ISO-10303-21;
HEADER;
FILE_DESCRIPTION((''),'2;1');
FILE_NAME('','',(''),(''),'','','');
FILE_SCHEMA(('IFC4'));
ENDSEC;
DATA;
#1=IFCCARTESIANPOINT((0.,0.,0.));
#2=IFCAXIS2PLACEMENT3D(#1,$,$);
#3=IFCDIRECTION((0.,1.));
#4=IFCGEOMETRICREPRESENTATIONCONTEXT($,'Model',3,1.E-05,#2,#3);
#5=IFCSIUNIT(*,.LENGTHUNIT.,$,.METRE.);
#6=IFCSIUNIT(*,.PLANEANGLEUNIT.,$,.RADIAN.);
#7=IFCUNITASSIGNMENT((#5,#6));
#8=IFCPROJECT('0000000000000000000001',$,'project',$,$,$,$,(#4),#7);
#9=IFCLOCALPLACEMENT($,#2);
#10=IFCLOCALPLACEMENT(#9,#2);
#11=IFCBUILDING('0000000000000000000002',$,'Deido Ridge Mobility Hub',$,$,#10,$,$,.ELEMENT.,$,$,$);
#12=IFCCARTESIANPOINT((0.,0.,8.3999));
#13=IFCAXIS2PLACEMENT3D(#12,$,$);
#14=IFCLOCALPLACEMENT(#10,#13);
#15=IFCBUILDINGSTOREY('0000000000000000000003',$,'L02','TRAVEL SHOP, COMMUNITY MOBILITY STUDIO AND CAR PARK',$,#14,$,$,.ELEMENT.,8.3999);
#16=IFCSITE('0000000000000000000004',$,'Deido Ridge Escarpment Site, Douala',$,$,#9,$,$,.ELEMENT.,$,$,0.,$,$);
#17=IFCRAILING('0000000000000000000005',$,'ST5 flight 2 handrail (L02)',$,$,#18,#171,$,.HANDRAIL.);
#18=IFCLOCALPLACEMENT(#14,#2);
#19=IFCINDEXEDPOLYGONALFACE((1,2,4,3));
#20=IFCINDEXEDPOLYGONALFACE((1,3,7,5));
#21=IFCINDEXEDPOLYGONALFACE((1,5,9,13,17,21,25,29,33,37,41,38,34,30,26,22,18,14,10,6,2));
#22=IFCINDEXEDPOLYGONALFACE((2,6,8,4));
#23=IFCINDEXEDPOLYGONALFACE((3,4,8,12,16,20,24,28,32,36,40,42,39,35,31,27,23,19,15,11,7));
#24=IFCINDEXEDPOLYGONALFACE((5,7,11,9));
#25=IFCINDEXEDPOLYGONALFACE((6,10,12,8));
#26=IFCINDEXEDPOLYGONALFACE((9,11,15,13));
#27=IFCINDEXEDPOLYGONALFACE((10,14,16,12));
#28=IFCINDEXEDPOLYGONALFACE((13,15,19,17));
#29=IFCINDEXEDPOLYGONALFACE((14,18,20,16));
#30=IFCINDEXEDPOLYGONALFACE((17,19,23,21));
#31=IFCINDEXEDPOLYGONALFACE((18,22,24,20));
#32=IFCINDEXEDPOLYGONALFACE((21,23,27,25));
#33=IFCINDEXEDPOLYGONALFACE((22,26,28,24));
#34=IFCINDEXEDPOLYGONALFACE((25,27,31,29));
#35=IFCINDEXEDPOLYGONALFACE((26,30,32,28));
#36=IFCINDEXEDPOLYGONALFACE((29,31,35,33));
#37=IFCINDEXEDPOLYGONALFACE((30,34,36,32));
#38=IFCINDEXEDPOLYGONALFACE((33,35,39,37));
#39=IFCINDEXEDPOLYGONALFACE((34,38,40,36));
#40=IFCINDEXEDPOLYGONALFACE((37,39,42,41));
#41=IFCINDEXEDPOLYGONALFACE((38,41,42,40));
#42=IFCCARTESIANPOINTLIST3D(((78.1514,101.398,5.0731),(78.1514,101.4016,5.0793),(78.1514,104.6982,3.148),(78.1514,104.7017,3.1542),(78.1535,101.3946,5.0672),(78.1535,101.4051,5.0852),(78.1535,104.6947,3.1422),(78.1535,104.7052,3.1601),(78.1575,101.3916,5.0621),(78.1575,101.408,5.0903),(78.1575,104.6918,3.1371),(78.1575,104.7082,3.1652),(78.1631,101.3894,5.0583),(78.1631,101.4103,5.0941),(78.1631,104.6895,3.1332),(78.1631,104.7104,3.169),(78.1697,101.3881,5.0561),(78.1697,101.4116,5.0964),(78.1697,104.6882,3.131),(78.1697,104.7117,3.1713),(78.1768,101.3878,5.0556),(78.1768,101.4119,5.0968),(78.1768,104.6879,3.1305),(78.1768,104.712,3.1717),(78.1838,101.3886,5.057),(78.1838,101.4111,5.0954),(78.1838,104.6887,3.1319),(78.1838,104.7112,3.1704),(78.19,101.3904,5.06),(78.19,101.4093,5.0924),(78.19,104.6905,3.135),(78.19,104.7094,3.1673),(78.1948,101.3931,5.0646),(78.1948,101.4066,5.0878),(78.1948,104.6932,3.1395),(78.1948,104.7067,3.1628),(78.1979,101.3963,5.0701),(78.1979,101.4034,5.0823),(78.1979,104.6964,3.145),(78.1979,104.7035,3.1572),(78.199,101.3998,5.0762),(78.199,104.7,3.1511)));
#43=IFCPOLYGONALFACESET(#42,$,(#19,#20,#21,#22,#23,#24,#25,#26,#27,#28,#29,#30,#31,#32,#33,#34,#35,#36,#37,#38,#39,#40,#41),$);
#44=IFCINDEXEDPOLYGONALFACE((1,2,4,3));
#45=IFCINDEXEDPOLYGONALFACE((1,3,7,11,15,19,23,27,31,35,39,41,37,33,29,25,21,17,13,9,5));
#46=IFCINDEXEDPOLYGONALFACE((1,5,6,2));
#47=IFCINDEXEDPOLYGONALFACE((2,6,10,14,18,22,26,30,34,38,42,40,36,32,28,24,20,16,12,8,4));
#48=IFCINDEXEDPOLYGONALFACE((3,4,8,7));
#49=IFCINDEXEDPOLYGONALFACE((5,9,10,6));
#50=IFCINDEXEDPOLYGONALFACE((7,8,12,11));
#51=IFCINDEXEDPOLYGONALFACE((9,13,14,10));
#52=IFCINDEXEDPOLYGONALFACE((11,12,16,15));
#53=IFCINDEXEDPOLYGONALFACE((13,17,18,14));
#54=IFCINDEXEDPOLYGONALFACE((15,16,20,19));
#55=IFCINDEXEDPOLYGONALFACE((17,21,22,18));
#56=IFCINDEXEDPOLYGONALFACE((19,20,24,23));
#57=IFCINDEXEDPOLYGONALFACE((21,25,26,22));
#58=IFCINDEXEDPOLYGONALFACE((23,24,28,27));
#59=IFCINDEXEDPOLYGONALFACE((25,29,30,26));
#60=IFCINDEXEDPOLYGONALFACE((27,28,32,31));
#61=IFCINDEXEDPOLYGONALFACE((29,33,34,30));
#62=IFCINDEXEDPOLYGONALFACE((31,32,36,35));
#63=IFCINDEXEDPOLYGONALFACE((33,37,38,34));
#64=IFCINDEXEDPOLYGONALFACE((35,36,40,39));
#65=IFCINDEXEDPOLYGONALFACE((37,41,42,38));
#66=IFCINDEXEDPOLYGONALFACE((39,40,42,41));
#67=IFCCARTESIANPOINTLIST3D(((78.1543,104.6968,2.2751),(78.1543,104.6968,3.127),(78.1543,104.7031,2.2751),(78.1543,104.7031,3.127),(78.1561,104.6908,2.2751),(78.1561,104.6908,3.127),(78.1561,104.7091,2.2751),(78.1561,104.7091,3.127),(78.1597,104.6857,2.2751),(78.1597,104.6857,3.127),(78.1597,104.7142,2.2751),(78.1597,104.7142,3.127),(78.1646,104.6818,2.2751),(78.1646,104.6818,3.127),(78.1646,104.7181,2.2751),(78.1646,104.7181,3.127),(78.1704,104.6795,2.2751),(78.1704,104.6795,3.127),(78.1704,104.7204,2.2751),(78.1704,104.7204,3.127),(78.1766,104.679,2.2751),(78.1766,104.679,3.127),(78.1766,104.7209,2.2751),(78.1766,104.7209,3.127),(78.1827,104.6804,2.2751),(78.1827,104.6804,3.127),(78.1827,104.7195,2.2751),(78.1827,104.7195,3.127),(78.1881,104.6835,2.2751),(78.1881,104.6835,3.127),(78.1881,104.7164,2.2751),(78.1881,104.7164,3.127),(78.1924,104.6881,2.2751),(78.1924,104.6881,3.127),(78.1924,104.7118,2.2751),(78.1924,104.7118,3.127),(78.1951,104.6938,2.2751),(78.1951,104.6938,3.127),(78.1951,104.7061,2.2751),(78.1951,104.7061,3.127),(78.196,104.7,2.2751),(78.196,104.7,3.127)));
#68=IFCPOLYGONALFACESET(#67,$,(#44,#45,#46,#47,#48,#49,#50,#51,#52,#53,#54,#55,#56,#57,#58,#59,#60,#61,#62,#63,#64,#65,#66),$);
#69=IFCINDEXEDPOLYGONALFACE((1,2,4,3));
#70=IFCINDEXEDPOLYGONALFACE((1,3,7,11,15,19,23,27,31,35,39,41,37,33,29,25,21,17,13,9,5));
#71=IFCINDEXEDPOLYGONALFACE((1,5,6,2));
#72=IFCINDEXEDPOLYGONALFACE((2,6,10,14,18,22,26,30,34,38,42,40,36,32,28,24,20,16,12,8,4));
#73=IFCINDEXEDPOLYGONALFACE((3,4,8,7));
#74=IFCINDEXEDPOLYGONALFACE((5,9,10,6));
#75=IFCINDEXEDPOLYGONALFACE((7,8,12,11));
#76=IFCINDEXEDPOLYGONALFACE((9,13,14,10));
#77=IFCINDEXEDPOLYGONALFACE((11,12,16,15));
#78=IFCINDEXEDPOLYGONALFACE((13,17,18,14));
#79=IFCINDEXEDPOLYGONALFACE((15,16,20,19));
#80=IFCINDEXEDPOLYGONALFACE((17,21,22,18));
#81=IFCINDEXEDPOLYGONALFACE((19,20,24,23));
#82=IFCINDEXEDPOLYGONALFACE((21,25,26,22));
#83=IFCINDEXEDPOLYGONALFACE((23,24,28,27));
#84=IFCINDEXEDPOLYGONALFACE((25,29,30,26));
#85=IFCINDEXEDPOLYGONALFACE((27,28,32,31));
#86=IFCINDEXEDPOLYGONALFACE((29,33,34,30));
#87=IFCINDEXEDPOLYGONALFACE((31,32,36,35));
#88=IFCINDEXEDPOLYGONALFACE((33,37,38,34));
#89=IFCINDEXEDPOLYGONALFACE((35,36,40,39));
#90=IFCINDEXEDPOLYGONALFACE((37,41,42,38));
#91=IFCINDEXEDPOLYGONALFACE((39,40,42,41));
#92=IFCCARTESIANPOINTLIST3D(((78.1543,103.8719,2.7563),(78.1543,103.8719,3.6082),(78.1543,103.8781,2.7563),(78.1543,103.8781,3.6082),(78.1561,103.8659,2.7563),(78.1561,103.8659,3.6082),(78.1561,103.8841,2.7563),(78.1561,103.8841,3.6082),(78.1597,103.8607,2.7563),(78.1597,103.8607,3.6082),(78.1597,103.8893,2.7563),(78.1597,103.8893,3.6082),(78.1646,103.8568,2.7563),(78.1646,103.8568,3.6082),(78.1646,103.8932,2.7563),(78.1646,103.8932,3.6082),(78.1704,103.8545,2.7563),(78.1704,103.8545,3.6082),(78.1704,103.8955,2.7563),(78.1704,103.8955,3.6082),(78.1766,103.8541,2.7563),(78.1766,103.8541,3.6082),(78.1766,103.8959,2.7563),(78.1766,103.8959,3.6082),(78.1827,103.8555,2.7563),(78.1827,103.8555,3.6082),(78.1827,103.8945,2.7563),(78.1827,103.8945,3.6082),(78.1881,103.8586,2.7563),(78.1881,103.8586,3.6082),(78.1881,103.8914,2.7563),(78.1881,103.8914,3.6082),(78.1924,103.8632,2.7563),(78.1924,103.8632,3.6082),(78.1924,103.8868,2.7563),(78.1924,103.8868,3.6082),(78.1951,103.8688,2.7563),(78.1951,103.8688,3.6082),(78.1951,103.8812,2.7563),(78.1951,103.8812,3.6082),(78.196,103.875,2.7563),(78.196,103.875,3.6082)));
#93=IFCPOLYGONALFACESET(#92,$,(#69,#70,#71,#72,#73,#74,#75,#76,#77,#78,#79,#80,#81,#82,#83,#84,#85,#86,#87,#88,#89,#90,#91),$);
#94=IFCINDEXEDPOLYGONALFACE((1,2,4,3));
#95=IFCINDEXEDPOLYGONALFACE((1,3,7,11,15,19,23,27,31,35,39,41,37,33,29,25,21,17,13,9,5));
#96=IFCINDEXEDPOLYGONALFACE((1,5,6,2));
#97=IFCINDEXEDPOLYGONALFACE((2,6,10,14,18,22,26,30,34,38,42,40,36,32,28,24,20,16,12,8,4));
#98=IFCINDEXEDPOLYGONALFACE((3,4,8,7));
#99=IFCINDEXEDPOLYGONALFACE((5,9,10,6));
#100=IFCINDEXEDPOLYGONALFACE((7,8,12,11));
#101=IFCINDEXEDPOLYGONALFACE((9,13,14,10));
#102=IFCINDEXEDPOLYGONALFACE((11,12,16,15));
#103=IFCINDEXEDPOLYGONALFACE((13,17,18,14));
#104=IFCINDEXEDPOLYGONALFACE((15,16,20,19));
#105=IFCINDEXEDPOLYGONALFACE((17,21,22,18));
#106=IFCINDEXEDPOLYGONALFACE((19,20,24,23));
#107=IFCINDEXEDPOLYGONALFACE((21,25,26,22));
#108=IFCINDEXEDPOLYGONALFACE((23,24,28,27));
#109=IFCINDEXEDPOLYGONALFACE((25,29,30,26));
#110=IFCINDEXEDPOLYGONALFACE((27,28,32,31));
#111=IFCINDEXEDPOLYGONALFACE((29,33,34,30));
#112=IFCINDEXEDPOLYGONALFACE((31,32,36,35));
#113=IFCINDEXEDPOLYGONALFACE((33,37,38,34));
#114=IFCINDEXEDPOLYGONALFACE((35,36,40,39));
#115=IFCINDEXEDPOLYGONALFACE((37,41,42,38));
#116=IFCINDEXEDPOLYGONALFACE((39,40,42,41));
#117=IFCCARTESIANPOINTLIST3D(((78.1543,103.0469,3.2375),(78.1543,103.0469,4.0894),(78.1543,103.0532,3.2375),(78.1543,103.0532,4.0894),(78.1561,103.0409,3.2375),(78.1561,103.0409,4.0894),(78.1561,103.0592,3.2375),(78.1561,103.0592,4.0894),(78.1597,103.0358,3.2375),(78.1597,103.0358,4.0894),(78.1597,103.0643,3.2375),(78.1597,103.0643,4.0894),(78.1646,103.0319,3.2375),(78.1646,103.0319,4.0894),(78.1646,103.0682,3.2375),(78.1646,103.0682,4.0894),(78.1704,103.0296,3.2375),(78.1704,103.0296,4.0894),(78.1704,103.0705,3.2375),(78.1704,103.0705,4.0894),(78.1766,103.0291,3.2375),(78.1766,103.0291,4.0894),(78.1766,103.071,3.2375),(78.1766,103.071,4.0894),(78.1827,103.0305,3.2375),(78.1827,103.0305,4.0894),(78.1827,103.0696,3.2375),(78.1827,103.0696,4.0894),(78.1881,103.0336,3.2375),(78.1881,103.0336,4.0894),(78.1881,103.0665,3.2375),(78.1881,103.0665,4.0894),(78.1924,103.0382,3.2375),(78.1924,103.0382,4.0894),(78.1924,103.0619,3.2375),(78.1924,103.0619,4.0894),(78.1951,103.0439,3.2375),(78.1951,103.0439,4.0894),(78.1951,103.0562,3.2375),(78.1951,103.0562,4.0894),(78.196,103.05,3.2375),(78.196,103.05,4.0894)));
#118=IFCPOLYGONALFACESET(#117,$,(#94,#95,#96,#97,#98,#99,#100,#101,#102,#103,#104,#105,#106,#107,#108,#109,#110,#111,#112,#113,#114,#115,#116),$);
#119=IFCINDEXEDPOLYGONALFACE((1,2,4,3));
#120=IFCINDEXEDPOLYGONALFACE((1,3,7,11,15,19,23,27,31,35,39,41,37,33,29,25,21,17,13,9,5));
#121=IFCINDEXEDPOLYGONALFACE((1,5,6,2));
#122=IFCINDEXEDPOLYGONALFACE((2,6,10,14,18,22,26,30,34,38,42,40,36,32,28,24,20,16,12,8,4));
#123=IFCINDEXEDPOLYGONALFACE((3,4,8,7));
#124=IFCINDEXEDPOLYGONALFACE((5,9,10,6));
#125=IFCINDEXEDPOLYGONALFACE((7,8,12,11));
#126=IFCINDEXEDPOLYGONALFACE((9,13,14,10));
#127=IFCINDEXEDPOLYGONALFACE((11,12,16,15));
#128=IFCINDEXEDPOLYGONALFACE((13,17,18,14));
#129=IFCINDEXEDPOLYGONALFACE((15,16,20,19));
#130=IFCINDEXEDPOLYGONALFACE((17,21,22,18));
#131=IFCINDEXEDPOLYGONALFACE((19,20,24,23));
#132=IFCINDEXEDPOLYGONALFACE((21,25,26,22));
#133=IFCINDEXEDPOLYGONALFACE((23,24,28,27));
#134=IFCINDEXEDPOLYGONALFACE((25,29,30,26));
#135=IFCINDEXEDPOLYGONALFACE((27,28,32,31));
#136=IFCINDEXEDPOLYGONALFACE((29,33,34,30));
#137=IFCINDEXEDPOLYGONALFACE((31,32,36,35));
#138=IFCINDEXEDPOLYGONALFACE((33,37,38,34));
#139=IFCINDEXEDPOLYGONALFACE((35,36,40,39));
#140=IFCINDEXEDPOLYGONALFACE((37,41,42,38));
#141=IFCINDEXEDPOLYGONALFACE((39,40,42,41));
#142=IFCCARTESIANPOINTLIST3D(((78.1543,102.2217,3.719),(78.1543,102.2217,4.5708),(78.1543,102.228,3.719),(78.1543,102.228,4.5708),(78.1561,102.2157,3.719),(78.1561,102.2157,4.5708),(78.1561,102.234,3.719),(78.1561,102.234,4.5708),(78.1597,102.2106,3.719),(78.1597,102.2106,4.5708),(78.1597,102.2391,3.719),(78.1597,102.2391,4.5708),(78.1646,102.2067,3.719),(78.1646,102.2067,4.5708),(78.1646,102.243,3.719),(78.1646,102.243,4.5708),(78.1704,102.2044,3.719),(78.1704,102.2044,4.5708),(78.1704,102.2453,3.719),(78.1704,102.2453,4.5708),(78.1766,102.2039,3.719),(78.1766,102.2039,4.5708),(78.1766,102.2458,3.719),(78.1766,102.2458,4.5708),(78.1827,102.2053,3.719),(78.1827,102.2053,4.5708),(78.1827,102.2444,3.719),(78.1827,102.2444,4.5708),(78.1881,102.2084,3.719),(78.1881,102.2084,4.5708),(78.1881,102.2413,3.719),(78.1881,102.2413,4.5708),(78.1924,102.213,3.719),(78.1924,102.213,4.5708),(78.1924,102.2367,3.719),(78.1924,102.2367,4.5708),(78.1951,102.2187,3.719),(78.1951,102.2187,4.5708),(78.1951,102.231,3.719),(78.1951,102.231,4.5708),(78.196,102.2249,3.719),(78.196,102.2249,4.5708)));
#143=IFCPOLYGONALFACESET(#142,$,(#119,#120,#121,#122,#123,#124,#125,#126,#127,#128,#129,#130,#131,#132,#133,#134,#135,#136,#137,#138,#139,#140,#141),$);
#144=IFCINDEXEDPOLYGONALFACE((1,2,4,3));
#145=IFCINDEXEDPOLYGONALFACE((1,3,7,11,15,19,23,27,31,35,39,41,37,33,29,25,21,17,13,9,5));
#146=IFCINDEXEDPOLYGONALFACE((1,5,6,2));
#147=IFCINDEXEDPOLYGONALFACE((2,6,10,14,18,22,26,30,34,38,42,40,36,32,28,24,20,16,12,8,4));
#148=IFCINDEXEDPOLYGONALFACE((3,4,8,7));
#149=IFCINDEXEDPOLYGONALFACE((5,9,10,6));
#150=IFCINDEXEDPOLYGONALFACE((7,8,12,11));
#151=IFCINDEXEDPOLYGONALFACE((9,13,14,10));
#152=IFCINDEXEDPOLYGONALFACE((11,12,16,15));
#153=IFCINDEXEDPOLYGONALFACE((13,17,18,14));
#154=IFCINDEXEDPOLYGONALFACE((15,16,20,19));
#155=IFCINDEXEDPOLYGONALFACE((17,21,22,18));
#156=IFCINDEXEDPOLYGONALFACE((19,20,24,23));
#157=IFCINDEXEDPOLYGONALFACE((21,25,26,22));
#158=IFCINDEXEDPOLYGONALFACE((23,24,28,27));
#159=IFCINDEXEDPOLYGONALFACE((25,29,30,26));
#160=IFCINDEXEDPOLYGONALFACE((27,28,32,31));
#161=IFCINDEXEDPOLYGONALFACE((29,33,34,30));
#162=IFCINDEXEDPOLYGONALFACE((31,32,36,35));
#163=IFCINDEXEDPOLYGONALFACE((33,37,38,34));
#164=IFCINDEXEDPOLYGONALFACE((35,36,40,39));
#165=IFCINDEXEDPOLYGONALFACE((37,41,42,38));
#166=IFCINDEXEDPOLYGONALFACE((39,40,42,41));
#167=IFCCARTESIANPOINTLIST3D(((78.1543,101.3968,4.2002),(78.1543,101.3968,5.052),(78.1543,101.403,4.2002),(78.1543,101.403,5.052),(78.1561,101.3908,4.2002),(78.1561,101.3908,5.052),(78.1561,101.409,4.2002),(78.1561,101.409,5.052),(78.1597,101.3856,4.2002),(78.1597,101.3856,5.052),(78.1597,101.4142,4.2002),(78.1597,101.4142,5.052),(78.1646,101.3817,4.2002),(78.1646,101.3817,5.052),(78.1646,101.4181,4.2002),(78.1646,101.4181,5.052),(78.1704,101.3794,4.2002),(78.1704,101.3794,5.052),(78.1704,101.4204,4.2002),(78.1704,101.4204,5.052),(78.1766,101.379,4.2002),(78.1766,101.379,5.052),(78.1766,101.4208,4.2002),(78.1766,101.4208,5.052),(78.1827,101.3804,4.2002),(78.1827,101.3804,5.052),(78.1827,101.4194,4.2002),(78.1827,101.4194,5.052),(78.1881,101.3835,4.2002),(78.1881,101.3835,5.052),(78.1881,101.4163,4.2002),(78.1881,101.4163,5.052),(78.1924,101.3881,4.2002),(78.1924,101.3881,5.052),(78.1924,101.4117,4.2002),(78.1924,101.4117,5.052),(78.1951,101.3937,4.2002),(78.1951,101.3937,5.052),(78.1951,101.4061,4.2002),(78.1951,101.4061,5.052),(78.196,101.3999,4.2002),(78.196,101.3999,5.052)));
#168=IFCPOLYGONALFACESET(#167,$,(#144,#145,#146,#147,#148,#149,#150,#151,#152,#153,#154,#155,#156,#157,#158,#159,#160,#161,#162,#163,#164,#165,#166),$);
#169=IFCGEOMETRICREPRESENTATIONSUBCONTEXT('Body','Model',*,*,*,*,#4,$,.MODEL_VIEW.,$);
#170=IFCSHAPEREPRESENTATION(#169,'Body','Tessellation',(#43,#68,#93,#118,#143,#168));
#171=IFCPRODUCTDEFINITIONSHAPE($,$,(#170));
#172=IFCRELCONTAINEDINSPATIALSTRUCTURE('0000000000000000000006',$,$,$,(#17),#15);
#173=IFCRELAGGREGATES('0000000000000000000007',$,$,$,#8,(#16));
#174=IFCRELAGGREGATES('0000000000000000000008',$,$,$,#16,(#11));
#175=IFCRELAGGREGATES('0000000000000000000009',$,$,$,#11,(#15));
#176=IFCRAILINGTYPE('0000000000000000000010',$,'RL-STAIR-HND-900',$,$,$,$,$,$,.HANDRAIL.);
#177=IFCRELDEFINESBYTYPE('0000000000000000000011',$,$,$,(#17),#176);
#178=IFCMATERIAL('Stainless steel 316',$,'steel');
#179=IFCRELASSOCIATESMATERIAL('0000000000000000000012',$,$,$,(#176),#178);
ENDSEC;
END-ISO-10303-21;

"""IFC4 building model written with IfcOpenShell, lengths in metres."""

from ifc_helpers import new_model, si_unit, direction, frame, origin, origin_2d, place, context, subcontext, project, spatial, circle, extrude, material, type_object, element, save


model = new_model("IFC4")

# Units and contexts
model_context = context("Model", 3, precision=1e-05, world=origin(), true_north=direction((0.0, 1.0)))
body_context = subcontext(model_context, "Body", "Model", "MODEL_VIEW")
ifc_project = project(units=[si_unit("LENGTHUNIT", "METRE"), si_unit("PLANEANGLEUNIT", "RADIAN")], contexts=[model_context])

# Site, building, storey
site_placement = place(None, origin())
site = spatial("IfcSite", under=ifc_project, at=site_placement, Name="Deido Ridge Escarpment Site, Douala", CompositionType="ELEMENT", RefElevation=0.0)
building_placement = place(site_placement, origin())
building = spatial("IfcBuilding", under=site, at=building_placement, Name="Deido Ridge Mobility Hub", CompositionType="ELEMENT")
storey_placement = place(building_placement, frame((0.0, 0.0, 8.3999)))
storey = spatial("IfcBuildingStorey", under=building, at=storey_placement, Name="L02", Description="TRAVEL SHOP, COMMUNITY MOBILITY STUDIO AND CAR PARK", CompositionType="ELEMENT", Elevation=8.3999)

# Shared definitions
ifc_material_1 = material(Name="Stainless steel 316", Category="steel")

# Railing
railing_type_1 = type_object("IfcRailingType", Name="RL-STAIR-HND-900", PredefinedType="HANDRAIL", material=ifc_material_1)
railing_1_placement = place(storey_placement, frame((78.175, 104.7, 2.2751)))
element("IfcRailing", 1, at=railing_1_placement, inside=storey, type_object=railing_type_1, Name="ST5 flight 2 handrail (L02)", PredefinedType="HANDRAIL", context=body_context, shape_type="SweptSolid", body=[
    extrude(circle(Radius=0.0239, at=origin_2d()), frame((0.0, 0.0, 0.876), z_axis=(0.0, -0.863777, 0.503875), x_axis=(1.0, 0.0, 0.0)), (0.0, 0.0, 1.0), 3.8206),
    extrude(circle(Radius=0.021, at=origin_2d()), origin(), (0.0, 0.0, 1.0), 0.8518),
    extrude(circle(Radius=0.021, at=origin_2d()), frame((0.0, -0.825, 0.4812)), (0.0, 0.0, 1.0), 0.8518),
    extrude(circle(Radius=0.021, at=origin_2d()), frame((0.0, -1.6499, 0.9624)), (0.0, 0.0, 1.0), 0.8518),
    extrude(circle(Radius=0.021, at=origin_2d()), frame((0.0, -2.4751, 1.4438)), (0.0, 0.0, 1.0), 0.8518),
    extrude(circle(Radius=0.021, at=origin_2d()), frame((0.0, -3.3, 1.925)), (0.0, 0.0, 1.0), 0.8518),
])

save(model, "model.ifc")
